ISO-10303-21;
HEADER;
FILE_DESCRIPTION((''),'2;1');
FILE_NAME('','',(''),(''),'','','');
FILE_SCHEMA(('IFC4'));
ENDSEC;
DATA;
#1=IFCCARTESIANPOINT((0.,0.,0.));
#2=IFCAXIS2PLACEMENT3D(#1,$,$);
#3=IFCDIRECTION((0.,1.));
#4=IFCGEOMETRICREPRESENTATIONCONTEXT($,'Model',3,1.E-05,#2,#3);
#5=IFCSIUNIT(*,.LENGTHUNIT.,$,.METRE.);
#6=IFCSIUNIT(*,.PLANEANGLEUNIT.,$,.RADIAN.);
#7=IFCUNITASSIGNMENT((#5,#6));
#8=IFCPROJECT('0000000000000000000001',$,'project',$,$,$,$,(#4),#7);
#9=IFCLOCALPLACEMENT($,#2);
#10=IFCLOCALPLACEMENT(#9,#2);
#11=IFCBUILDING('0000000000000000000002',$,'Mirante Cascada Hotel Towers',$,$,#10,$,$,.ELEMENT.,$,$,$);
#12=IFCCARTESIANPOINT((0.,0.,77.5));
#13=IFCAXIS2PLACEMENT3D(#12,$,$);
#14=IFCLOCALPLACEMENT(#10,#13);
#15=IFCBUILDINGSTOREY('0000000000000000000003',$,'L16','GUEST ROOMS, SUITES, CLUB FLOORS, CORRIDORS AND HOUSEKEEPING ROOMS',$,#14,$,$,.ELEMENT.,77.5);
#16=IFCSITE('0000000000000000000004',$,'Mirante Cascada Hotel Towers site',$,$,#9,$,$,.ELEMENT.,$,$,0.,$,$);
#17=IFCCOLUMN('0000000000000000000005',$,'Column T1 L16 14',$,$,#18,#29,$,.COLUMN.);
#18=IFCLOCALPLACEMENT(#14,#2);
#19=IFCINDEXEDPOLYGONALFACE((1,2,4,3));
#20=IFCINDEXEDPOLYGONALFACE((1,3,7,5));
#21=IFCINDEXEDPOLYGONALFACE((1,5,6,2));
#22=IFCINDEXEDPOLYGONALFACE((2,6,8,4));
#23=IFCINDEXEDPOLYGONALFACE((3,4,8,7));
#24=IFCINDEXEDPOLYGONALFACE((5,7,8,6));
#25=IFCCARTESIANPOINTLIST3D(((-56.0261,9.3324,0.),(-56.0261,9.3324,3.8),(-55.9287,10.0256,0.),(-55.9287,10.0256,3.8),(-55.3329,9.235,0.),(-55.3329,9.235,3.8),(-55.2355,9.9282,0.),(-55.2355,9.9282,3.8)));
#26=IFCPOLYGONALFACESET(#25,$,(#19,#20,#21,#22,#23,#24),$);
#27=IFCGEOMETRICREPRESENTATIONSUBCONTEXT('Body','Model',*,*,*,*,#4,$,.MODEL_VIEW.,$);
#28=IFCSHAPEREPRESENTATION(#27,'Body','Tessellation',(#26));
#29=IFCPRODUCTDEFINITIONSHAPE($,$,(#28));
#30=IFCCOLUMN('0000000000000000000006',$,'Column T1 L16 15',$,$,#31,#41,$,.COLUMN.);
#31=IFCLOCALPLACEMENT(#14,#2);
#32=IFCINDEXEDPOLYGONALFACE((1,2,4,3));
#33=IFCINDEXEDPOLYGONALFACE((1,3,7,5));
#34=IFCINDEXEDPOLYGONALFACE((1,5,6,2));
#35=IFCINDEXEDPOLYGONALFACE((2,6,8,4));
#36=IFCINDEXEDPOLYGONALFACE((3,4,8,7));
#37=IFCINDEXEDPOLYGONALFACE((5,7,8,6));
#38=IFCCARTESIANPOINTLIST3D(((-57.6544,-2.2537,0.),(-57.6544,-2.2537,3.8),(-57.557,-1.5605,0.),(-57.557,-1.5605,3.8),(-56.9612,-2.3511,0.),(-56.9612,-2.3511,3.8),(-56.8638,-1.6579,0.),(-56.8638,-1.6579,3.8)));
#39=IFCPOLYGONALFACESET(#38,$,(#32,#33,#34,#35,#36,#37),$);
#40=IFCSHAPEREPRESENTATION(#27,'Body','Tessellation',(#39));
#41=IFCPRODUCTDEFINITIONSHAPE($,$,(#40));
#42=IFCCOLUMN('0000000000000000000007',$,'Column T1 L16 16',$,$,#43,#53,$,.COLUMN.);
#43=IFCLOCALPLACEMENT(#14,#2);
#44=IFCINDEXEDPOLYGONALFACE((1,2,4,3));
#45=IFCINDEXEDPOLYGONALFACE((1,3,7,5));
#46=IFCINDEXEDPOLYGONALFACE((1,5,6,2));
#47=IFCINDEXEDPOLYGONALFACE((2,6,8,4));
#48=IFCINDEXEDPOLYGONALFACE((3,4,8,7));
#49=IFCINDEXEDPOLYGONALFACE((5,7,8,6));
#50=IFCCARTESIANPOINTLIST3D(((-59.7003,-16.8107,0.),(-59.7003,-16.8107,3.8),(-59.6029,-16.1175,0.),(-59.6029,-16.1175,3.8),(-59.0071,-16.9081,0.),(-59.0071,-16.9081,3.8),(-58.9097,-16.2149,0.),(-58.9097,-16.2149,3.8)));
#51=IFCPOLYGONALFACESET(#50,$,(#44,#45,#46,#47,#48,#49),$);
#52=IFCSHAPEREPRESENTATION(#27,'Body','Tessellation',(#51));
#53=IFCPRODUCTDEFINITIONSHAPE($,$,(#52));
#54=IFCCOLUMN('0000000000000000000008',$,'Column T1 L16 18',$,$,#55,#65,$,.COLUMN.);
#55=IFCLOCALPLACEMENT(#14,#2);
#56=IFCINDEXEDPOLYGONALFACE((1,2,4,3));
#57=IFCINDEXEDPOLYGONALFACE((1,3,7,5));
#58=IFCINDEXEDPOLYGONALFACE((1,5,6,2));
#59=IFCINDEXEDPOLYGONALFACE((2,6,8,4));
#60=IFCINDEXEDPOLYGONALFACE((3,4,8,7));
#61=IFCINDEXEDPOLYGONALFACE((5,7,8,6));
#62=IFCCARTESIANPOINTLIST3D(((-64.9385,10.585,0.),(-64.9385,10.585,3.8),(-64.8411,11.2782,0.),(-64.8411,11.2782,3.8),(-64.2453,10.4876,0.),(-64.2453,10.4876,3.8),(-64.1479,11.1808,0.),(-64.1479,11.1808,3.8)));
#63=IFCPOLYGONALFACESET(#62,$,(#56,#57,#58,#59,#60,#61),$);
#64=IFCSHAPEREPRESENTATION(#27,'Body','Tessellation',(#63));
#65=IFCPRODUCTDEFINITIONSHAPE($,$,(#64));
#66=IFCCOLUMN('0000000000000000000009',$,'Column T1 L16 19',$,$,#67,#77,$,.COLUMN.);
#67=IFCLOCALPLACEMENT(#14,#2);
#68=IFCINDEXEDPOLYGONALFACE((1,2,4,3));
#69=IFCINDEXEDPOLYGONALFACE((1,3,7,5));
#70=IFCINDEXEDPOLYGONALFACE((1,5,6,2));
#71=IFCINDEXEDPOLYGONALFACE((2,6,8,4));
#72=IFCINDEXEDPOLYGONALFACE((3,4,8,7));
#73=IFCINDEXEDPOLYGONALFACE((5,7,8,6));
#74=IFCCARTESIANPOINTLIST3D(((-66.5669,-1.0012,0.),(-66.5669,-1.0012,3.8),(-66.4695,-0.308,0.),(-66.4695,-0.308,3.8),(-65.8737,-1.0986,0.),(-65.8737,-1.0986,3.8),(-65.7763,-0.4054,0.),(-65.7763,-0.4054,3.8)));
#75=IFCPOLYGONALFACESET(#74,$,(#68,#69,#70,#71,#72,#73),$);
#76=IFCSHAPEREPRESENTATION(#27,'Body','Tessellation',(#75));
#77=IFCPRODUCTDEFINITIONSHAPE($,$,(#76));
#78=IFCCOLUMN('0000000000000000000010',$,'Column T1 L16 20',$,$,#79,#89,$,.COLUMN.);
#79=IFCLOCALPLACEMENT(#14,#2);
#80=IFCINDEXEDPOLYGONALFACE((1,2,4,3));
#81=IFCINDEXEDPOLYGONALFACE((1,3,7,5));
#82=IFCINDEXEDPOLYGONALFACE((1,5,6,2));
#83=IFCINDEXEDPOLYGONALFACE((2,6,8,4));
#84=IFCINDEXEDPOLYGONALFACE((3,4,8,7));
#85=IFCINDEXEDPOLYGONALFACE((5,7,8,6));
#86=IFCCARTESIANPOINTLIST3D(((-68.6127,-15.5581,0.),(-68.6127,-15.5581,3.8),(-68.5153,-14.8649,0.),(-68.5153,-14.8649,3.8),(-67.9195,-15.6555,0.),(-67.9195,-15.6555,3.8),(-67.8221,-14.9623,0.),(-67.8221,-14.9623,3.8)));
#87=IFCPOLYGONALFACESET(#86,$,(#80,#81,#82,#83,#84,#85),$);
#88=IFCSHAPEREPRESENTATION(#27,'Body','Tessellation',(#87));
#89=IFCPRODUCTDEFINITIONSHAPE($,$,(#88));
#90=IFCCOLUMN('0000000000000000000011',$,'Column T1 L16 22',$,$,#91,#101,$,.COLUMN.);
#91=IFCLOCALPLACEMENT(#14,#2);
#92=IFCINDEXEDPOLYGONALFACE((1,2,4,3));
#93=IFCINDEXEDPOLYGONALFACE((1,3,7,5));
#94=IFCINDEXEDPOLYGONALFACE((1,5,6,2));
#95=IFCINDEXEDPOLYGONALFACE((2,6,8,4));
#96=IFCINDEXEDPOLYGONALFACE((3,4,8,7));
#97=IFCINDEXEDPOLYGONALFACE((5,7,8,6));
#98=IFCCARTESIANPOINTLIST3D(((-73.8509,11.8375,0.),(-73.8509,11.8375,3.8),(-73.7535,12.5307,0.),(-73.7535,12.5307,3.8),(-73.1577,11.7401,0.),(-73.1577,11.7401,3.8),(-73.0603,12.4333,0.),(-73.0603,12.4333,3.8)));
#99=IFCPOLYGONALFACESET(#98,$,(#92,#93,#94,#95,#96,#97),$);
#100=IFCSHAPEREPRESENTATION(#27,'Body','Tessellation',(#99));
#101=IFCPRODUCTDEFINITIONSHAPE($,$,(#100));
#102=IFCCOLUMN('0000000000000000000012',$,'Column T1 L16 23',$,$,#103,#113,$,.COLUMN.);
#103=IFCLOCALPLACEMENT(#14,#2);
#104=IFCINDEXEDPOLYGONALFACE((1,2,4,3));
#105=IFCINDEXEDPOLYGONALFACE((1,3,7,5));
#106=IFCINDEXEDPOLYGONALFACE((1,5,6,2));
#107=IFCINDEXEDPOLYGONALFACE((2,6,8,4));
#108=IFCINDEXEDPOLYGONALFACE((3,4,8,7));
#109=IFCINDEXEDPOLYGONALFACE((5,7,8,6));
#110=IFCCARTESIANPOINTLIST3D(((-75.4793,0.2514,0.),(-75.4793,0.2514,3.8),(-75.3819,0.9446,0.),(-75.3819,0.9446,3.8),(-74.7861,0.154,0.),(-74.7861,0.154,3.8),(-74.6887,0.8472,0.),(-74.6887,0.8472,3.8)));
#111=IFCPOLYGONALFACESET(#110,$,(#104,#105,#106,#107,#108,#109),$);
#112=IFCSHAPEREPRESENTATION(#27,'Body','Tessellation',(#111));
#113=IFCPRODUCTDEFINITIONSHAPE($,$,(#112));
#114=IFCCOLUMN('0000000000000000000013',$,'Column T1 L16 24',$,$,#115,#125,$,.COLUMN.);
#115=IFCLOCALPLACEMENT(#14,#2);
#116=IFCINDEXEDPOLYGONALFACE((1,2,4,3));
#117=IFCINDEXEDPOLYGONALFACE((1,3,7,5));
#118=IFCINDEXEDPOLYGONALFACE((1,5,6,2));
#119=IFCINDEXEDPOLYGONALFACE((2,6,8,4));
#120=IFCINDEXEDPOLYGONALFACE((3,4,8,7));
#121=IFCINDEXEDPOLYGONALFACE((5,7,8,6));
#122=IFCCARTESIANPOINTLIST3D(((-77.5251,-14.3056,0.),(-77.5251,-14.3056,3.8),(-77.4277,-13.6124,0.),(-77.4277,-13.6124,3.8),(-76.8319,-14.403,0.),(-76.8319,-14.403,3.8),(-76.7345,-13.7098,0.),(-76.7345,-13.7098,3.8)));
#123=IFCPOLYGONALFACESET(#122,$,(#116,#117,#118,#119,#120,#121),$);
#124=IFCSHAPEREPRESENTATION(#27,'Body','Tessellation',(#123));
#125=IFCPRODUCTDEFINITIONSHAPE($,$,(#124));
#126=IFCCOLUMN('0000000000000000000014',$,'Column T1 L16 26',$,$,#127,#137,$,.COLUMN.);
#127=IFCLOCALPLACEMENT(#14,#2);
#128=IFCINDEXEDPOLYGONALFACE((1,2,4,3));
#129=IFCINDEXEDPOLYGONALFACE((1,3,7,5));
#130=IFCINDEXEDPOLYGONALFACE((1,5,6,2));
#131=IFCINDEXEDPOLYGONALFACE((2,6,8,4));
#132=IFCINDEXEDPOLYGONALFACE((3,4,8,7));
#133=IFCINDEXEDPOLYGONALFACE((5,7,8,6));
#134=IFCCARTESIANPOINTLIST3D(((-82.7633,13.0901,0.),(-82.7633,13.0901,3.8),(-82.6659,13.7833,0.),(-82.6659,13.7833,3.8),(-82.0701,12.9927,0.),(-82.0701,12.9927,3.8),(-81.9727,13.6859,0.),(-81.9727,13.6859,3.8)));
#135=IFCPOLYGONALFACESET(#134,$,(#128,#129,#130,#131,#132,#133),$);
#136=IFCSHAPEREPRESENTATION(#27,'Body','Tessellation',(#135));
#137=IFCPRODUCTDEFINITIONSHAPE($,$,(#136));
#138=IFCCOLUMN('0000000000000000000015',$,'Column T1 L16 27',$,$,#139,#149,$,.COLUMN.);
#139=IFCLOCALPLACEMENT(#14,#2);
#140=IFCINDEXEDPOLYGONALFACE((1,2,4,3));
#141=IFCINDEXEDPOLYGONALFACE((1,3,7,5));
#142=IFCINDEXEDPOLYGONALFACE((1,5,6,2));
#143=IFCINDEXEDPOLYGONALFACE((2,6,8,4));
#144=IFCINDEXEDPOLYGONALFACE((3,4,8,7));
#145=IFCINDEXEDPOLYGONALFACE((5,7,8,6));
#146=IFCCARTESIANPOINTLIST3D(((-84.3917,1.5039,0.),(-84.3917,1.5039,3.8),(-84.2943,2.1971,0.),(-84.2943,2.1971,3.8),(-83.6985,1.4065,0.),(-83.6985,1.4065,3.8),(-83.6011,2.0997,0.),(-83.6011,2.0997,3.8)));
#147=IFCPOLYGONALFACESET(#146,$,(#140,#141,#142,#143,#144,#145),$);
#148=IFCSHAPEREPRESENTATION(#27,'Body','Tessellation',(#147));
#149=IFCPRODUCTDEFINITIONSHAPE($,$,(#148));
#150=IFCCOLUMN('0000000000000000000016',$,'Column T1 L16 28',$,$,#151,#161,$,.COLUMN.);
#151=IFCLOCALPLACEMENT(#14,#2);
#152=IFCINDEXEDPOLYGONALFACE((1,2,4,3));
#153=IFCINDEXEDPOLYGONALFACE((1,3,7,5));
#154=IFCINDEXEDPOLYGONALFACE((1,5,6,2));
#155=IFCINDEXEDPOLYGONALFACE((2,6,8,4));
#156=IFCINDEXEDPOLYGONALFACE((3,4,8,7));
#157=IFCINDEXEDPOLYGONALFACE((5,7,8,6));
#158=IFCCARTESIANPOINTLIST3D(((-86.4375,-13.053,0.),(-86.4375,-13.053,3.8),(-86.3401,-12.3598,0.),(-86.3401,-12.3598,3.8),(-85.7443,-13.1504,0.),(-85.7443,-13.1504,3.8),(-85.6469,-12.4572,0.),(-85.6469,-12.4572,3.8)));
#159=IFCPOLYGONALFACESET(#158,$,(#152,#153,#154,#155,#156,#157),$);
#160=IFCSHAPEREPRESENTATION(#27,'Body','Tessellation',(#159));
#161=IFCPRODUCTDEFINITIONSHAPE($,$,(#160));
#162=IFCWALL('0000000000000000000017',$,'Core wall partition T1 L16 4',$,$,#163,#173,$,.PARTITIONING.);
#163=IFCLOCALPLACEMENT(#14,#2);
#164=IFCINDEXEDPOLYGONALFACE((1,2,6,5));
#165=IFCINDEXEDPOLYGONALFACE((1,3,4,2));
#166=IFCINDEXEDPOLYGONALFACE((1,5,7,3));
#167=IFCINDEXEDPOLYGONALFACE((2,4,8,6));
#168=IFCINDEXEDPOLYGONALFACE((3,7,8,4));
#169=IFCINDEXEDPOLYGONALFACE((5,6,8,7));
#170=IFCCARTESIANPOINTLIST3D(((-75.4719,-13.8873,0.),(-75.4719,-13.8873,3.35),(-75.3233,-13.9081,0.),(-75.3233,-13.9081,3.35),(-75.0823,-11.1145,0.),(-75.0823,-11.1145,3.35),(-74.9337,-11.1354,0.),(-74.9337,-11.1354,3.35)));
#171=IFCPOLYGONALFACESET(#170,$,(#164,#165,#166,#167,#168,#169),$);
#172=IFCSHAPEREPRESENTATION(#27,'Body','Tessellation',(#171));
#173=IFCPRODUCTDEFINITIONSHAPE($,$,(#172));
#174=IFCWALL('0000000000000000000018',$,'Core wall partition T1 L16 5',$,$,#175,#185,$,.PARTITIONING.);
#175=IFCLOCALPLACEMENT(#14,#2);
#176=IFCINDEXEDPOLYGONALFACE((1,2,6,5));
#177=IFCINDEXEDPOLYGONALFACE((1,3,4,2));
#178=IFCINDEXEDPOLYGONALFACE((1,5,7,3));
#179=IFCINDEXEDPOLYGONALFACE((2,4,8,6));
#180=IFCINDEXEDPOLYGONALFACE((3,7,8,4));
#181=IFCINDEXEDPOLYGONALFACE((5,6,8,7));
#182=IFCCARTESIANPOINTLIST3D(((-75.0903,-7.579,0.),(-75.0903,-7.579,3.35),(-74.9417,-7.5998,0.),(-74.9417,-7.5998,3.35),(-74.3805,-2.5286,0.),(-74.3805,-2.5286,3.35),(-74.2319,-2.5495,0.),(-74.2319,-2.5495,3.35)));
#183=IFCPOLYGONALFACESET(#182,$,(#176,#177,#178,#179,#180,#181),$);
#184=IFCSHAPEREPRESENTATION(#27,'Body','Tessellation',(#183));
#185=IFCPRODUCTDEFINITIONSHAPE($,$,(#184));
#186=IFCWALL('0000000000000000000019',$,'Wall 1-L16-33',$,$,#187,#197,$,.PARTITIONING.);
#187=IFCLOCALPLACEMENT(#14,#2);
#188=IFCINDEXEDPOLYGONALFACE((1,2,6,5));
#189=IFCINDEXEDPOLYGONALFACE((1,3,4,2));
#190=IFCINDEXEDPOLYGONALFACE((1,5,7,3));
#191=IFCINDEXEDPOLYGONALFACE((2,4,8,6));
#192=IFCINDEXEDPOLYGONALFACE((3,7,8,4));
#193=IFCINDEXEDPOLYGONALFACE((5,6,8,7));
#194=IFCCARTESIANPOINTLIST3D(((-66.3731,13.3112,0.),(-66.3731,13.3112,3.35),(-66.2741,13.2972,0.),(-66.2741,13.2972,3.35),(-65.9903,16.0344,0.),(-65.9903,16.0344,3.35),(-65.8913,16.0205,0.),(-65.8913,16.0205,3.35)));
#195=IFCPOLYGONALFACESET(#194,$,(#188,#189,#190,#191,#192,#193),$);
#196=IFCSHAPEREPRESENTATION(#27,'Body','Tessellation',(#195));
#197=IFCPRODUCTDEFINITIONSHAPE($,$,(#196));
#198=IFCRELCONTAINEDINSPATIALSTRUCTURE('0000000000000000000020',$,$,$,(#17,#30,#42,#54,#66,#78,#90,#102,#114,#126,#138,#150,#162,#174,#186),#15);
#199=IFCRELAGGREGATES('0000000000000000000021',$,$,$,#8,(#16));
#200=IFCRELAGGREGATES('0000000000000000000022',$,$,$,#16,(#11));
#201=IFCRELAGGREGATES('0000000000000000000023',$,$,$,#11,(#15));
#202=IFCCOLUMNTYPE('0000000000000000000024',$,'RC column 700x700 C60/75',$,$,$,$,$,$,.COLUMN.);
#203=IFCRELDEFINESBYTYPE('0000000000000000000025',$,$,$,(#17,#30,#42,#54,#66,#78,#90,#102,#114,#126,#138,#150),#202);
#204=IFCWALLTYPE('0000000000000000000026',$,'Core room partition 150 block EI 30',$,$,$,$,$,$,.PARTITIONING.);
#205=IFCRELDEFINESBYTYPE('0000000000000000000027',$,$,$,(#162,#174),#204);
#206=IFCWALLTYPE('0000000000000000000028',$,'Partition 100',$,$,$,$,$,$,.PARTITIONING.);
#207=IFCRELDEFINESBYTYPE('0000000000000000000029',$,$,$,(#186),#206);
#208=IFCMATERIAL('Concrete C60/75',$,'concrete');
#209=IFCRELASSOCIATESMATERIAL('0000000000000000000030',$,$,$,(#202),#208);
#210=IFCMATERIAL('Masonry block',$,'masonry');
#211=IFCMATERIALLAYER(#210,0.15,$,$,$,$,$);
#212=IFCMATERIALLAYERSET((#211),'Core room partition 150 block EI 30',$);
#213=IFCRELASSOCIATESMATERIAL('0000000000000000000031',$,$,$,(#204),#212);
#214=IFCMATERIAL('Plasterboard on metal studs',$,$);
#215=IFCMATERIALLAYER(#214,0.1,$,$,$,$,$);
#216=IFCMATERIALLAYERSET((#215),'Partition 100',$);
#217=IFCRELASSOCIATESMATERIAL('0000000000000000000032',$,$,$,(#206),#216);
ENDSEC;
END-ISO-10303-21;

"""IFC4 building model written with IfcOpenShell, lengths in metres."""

from ifc_helpers import new_model, si_unit, direction, frame, frame_2d, origin, origin_2d, place, context, subcontext, project, spatial, rectangle, extrude, material, layer, layer_set, material_profile, profile_set, type_object, element, save


model = new_model("IFC4")

# Units and contexts
model_context = context("Model", 3, precision=1e-05, world=origin(), true_north=direction((0.0, 1.0)))
body_context = subcontext(model_context, "Body", "Model", "MODEL_VIEW")
ifc_project = project(units=[si_unit("LENGTHUNIT", "METRE"), si_unit("PLANEANGLEUNIT", "RADIAN")], contexts=[model_context])

# Site, building, storey
site_placement = place(None, origin())
site = spatial("IfcSite", under=ifc_project, at=site_placement, Name="Mirante Cascada Hotel Towers site", CompositionType="ELEMENT", RefElevation=0.0)
building_placement = place(site_placement, origin())
building = spatial("IfcBuilding", under=site, at=building_placement, Name="Mirante Cascada Hotel Towers", CompositionType="ELEMENT")
storey_placement = place(building_placement, frame((0.0, 0.0, 77.5)))
storey = spatial("IfcBuildingStorey", under=building, at=storey_placement, Name="L16", Description="GUEST ROOMS, SUITES, CLUB FLOORS, CORRIDORS AND HOUSEKEEPING ROOMS", CompositionType="ELEMENT", Elevation=77.5)

# Columns
ifc_material_1 = material(Name="Concrete C60/75", Category="concrete")
ifc_material_profile = material_profile(ifc_material_1, rectangle(XDim=0.7, YDim=0.7, at=origin_2d()), Name="RC column 700x700 C60/75")
ifc_profile_set = profile_set([ifc_material_profile], Name="Concrete C60/75")
column_type = type_object("IfcColumnType", Name="RC column 700x700 C60/75", PredefinedType="COLUMN", material=ifc_profile_set)
for number, where, z_axis, x_axis, name in (
    (1, (-55.6308, 9.6303, 0.0), (0.0, 0.0, 1.0), (-0.990268, 0.139173, 0.0), "Column T1 L16 14"),
    (2, (-57.2591, -1.9558, 0.0), (0.0, 0.0, 1.0), (-0.990268, 0.139173, 0.0), "Column T1 L16 15"),
    (3, (-59.305, -16.5128, 0.0), (0.0, 0.0, 1.0), (-0.990268, 0.139173, 0.0), "Column T1 L16 16"),
    (4, (-64.5432, 10.8829, 0.0), (0.0, 0.0, 1.0), (-0.990268, 0.139173, 0.0), "Column T1 L16 18"),
    (5, (-66.1716, -0.7033, 0.0), (0.0, 0.0, 1.0), (-0.990268, 0.139173, 0.0), "Column T1 L16 19"),
    (6, (-68.2174, -15.2602, 0.0), (0.0, 0.0, 1.0), (-0.990268, 0.139173, 0.0), "Column T1 L16 20"),
    (7, (-73.4556, 12.1354, 0.0), (0.0, 0.0, 1.0), (-0.990268, 0.139173, 0.0), "Column T1 L16 22"),
    (8, (-75.084, 0.5493, 0.0), (0.0, 0.0, 1.0), (-0.990268, 0.139173, 0.0), "Column T1 L16 23"),
    (9, (-77.1298, -14.0077, 0.0), (0.0, 0.0, 1.0), (-0.990268, 0.139173, 0.0), "Column T1 L16 24"),
    (10, (-82.368, 13.388, 0.0), (0.0, 0.0, 1.0), (-0.990268, 0.139173, 0.0), "Column T1 L16 26"),
    (11, (-83.9964, 1.8018, 0.0), (0.0, 0.0, 1.0), (-0.990268, 0.139173, 0.0), "Column T1 L16 27"),
    (12, (-86.0422, -12.7551, 0.0), (0.0, 0.0, 1.0), (-0.990268, 0.139173, 0.0), "Column T1 L16 28"),
):
    element("IfcColumn", number, at=place(storey_placement, frame(where, z_axis=z_axis, x_axis=x_axis)), inside=storey, type_object=column_type, Name=name, PredefinedType="COLUMN", context=body_context, shape_type="SweptSolid", body=[
        extrude(rectangle(XDim=0.7, YDim=0.7, at=origin_2d()), origin(), (0.0, 0.0, 1.0), 3.8),
    ])

# Walls
ifc_material_2 = material(Name="Masonry block", Category="masonry")
ifc_layer_1 = layer(ifc_material_2, 0.15)
ifc_layer_set_1 = layer_set([ifc_layer_1], Name="Core room partition 150 block EI 30")
wall_type_1 = type_object("IfcWallType", Name="Core room partition 150 block EI 30", PredefinedType="PARTITIONING", material=ifc_layer_set_1)
wall_1_placement = place(storey_placement, frame((-75.3976, -13.8977, 0.0), z_axis=(0.0, 0.0, 1.0), x_axis=(0.139141, 0.990273, 0.0)))
element("IfcWall", 13, at=wall_1_placement, inside=storey, type_object=wall_type_1, Name="Core wall partition T1 L16 4", PredefinedType="PARTITIONING", context=body_context, shape_type="SweptSolid", body=[
    extrude(rectangle(XDim=2.8, YDim=0.15, at=frame_2d((1.4, 0.0))), origin(), (0.0, 0.0, 1.0), 3.35),
])
wall_2_placement = place(storey_placement, frame((-75.016, -7.5894, 0.0), z_axis=(0.0, 0.0, 1.0), x_axis=(0.139176, 0.990268, 0.0)))
element("IfcWall", 14, at=wall_2_placement, inside=storey, type_object=wall_type_1, Name="Core wall partition T1 L16 5", PredefinedType="PARTITIONING", context=body_context, shape_type="SweptSolid", body=[
    extrude(rectangle(XDim=5.1, YDim=0.15, at=frame_2d((2.55, 0.0))), origin(), (0.0, 0.0, 1.0), 3.35),
])
ifc_material_3 = material(Name="Plasterboard on metal studs")
ifc_layer_2 = layer(ifc_material_3, 0.1)
ifc_layer_set_2 = layer_set([ifc_layer_2], Name="Partition 100")
wall_type_2 = type_object("IfcWallType", Name="Partition 100", PredefinedType="PARTITIONING", material=ifc_layer_set_2)
wall_3_placement = place(storey_placement, frame((-66.3236, 13.3042, 0.0), z_axis=(0.0, 0.0, 1.0), x_axis=(0.139201, 0.990264, 0.0)))
element("IfcWall", 15, at=wall_3_placement, inside=storey, type_object=wall_type_2, Name="Wall 1-L16-33", PredefinedType="PARTITIONING", context=body_context, shape_type="SweptSolid", body=[
    extrude(rectangle(XDim=2.75, YDim=0.1, at=frame_2d((1.375, 0.0))), origin(), (0.0, 0.0, 1.0), 3.35),
])

save(model, "model.ifc")
